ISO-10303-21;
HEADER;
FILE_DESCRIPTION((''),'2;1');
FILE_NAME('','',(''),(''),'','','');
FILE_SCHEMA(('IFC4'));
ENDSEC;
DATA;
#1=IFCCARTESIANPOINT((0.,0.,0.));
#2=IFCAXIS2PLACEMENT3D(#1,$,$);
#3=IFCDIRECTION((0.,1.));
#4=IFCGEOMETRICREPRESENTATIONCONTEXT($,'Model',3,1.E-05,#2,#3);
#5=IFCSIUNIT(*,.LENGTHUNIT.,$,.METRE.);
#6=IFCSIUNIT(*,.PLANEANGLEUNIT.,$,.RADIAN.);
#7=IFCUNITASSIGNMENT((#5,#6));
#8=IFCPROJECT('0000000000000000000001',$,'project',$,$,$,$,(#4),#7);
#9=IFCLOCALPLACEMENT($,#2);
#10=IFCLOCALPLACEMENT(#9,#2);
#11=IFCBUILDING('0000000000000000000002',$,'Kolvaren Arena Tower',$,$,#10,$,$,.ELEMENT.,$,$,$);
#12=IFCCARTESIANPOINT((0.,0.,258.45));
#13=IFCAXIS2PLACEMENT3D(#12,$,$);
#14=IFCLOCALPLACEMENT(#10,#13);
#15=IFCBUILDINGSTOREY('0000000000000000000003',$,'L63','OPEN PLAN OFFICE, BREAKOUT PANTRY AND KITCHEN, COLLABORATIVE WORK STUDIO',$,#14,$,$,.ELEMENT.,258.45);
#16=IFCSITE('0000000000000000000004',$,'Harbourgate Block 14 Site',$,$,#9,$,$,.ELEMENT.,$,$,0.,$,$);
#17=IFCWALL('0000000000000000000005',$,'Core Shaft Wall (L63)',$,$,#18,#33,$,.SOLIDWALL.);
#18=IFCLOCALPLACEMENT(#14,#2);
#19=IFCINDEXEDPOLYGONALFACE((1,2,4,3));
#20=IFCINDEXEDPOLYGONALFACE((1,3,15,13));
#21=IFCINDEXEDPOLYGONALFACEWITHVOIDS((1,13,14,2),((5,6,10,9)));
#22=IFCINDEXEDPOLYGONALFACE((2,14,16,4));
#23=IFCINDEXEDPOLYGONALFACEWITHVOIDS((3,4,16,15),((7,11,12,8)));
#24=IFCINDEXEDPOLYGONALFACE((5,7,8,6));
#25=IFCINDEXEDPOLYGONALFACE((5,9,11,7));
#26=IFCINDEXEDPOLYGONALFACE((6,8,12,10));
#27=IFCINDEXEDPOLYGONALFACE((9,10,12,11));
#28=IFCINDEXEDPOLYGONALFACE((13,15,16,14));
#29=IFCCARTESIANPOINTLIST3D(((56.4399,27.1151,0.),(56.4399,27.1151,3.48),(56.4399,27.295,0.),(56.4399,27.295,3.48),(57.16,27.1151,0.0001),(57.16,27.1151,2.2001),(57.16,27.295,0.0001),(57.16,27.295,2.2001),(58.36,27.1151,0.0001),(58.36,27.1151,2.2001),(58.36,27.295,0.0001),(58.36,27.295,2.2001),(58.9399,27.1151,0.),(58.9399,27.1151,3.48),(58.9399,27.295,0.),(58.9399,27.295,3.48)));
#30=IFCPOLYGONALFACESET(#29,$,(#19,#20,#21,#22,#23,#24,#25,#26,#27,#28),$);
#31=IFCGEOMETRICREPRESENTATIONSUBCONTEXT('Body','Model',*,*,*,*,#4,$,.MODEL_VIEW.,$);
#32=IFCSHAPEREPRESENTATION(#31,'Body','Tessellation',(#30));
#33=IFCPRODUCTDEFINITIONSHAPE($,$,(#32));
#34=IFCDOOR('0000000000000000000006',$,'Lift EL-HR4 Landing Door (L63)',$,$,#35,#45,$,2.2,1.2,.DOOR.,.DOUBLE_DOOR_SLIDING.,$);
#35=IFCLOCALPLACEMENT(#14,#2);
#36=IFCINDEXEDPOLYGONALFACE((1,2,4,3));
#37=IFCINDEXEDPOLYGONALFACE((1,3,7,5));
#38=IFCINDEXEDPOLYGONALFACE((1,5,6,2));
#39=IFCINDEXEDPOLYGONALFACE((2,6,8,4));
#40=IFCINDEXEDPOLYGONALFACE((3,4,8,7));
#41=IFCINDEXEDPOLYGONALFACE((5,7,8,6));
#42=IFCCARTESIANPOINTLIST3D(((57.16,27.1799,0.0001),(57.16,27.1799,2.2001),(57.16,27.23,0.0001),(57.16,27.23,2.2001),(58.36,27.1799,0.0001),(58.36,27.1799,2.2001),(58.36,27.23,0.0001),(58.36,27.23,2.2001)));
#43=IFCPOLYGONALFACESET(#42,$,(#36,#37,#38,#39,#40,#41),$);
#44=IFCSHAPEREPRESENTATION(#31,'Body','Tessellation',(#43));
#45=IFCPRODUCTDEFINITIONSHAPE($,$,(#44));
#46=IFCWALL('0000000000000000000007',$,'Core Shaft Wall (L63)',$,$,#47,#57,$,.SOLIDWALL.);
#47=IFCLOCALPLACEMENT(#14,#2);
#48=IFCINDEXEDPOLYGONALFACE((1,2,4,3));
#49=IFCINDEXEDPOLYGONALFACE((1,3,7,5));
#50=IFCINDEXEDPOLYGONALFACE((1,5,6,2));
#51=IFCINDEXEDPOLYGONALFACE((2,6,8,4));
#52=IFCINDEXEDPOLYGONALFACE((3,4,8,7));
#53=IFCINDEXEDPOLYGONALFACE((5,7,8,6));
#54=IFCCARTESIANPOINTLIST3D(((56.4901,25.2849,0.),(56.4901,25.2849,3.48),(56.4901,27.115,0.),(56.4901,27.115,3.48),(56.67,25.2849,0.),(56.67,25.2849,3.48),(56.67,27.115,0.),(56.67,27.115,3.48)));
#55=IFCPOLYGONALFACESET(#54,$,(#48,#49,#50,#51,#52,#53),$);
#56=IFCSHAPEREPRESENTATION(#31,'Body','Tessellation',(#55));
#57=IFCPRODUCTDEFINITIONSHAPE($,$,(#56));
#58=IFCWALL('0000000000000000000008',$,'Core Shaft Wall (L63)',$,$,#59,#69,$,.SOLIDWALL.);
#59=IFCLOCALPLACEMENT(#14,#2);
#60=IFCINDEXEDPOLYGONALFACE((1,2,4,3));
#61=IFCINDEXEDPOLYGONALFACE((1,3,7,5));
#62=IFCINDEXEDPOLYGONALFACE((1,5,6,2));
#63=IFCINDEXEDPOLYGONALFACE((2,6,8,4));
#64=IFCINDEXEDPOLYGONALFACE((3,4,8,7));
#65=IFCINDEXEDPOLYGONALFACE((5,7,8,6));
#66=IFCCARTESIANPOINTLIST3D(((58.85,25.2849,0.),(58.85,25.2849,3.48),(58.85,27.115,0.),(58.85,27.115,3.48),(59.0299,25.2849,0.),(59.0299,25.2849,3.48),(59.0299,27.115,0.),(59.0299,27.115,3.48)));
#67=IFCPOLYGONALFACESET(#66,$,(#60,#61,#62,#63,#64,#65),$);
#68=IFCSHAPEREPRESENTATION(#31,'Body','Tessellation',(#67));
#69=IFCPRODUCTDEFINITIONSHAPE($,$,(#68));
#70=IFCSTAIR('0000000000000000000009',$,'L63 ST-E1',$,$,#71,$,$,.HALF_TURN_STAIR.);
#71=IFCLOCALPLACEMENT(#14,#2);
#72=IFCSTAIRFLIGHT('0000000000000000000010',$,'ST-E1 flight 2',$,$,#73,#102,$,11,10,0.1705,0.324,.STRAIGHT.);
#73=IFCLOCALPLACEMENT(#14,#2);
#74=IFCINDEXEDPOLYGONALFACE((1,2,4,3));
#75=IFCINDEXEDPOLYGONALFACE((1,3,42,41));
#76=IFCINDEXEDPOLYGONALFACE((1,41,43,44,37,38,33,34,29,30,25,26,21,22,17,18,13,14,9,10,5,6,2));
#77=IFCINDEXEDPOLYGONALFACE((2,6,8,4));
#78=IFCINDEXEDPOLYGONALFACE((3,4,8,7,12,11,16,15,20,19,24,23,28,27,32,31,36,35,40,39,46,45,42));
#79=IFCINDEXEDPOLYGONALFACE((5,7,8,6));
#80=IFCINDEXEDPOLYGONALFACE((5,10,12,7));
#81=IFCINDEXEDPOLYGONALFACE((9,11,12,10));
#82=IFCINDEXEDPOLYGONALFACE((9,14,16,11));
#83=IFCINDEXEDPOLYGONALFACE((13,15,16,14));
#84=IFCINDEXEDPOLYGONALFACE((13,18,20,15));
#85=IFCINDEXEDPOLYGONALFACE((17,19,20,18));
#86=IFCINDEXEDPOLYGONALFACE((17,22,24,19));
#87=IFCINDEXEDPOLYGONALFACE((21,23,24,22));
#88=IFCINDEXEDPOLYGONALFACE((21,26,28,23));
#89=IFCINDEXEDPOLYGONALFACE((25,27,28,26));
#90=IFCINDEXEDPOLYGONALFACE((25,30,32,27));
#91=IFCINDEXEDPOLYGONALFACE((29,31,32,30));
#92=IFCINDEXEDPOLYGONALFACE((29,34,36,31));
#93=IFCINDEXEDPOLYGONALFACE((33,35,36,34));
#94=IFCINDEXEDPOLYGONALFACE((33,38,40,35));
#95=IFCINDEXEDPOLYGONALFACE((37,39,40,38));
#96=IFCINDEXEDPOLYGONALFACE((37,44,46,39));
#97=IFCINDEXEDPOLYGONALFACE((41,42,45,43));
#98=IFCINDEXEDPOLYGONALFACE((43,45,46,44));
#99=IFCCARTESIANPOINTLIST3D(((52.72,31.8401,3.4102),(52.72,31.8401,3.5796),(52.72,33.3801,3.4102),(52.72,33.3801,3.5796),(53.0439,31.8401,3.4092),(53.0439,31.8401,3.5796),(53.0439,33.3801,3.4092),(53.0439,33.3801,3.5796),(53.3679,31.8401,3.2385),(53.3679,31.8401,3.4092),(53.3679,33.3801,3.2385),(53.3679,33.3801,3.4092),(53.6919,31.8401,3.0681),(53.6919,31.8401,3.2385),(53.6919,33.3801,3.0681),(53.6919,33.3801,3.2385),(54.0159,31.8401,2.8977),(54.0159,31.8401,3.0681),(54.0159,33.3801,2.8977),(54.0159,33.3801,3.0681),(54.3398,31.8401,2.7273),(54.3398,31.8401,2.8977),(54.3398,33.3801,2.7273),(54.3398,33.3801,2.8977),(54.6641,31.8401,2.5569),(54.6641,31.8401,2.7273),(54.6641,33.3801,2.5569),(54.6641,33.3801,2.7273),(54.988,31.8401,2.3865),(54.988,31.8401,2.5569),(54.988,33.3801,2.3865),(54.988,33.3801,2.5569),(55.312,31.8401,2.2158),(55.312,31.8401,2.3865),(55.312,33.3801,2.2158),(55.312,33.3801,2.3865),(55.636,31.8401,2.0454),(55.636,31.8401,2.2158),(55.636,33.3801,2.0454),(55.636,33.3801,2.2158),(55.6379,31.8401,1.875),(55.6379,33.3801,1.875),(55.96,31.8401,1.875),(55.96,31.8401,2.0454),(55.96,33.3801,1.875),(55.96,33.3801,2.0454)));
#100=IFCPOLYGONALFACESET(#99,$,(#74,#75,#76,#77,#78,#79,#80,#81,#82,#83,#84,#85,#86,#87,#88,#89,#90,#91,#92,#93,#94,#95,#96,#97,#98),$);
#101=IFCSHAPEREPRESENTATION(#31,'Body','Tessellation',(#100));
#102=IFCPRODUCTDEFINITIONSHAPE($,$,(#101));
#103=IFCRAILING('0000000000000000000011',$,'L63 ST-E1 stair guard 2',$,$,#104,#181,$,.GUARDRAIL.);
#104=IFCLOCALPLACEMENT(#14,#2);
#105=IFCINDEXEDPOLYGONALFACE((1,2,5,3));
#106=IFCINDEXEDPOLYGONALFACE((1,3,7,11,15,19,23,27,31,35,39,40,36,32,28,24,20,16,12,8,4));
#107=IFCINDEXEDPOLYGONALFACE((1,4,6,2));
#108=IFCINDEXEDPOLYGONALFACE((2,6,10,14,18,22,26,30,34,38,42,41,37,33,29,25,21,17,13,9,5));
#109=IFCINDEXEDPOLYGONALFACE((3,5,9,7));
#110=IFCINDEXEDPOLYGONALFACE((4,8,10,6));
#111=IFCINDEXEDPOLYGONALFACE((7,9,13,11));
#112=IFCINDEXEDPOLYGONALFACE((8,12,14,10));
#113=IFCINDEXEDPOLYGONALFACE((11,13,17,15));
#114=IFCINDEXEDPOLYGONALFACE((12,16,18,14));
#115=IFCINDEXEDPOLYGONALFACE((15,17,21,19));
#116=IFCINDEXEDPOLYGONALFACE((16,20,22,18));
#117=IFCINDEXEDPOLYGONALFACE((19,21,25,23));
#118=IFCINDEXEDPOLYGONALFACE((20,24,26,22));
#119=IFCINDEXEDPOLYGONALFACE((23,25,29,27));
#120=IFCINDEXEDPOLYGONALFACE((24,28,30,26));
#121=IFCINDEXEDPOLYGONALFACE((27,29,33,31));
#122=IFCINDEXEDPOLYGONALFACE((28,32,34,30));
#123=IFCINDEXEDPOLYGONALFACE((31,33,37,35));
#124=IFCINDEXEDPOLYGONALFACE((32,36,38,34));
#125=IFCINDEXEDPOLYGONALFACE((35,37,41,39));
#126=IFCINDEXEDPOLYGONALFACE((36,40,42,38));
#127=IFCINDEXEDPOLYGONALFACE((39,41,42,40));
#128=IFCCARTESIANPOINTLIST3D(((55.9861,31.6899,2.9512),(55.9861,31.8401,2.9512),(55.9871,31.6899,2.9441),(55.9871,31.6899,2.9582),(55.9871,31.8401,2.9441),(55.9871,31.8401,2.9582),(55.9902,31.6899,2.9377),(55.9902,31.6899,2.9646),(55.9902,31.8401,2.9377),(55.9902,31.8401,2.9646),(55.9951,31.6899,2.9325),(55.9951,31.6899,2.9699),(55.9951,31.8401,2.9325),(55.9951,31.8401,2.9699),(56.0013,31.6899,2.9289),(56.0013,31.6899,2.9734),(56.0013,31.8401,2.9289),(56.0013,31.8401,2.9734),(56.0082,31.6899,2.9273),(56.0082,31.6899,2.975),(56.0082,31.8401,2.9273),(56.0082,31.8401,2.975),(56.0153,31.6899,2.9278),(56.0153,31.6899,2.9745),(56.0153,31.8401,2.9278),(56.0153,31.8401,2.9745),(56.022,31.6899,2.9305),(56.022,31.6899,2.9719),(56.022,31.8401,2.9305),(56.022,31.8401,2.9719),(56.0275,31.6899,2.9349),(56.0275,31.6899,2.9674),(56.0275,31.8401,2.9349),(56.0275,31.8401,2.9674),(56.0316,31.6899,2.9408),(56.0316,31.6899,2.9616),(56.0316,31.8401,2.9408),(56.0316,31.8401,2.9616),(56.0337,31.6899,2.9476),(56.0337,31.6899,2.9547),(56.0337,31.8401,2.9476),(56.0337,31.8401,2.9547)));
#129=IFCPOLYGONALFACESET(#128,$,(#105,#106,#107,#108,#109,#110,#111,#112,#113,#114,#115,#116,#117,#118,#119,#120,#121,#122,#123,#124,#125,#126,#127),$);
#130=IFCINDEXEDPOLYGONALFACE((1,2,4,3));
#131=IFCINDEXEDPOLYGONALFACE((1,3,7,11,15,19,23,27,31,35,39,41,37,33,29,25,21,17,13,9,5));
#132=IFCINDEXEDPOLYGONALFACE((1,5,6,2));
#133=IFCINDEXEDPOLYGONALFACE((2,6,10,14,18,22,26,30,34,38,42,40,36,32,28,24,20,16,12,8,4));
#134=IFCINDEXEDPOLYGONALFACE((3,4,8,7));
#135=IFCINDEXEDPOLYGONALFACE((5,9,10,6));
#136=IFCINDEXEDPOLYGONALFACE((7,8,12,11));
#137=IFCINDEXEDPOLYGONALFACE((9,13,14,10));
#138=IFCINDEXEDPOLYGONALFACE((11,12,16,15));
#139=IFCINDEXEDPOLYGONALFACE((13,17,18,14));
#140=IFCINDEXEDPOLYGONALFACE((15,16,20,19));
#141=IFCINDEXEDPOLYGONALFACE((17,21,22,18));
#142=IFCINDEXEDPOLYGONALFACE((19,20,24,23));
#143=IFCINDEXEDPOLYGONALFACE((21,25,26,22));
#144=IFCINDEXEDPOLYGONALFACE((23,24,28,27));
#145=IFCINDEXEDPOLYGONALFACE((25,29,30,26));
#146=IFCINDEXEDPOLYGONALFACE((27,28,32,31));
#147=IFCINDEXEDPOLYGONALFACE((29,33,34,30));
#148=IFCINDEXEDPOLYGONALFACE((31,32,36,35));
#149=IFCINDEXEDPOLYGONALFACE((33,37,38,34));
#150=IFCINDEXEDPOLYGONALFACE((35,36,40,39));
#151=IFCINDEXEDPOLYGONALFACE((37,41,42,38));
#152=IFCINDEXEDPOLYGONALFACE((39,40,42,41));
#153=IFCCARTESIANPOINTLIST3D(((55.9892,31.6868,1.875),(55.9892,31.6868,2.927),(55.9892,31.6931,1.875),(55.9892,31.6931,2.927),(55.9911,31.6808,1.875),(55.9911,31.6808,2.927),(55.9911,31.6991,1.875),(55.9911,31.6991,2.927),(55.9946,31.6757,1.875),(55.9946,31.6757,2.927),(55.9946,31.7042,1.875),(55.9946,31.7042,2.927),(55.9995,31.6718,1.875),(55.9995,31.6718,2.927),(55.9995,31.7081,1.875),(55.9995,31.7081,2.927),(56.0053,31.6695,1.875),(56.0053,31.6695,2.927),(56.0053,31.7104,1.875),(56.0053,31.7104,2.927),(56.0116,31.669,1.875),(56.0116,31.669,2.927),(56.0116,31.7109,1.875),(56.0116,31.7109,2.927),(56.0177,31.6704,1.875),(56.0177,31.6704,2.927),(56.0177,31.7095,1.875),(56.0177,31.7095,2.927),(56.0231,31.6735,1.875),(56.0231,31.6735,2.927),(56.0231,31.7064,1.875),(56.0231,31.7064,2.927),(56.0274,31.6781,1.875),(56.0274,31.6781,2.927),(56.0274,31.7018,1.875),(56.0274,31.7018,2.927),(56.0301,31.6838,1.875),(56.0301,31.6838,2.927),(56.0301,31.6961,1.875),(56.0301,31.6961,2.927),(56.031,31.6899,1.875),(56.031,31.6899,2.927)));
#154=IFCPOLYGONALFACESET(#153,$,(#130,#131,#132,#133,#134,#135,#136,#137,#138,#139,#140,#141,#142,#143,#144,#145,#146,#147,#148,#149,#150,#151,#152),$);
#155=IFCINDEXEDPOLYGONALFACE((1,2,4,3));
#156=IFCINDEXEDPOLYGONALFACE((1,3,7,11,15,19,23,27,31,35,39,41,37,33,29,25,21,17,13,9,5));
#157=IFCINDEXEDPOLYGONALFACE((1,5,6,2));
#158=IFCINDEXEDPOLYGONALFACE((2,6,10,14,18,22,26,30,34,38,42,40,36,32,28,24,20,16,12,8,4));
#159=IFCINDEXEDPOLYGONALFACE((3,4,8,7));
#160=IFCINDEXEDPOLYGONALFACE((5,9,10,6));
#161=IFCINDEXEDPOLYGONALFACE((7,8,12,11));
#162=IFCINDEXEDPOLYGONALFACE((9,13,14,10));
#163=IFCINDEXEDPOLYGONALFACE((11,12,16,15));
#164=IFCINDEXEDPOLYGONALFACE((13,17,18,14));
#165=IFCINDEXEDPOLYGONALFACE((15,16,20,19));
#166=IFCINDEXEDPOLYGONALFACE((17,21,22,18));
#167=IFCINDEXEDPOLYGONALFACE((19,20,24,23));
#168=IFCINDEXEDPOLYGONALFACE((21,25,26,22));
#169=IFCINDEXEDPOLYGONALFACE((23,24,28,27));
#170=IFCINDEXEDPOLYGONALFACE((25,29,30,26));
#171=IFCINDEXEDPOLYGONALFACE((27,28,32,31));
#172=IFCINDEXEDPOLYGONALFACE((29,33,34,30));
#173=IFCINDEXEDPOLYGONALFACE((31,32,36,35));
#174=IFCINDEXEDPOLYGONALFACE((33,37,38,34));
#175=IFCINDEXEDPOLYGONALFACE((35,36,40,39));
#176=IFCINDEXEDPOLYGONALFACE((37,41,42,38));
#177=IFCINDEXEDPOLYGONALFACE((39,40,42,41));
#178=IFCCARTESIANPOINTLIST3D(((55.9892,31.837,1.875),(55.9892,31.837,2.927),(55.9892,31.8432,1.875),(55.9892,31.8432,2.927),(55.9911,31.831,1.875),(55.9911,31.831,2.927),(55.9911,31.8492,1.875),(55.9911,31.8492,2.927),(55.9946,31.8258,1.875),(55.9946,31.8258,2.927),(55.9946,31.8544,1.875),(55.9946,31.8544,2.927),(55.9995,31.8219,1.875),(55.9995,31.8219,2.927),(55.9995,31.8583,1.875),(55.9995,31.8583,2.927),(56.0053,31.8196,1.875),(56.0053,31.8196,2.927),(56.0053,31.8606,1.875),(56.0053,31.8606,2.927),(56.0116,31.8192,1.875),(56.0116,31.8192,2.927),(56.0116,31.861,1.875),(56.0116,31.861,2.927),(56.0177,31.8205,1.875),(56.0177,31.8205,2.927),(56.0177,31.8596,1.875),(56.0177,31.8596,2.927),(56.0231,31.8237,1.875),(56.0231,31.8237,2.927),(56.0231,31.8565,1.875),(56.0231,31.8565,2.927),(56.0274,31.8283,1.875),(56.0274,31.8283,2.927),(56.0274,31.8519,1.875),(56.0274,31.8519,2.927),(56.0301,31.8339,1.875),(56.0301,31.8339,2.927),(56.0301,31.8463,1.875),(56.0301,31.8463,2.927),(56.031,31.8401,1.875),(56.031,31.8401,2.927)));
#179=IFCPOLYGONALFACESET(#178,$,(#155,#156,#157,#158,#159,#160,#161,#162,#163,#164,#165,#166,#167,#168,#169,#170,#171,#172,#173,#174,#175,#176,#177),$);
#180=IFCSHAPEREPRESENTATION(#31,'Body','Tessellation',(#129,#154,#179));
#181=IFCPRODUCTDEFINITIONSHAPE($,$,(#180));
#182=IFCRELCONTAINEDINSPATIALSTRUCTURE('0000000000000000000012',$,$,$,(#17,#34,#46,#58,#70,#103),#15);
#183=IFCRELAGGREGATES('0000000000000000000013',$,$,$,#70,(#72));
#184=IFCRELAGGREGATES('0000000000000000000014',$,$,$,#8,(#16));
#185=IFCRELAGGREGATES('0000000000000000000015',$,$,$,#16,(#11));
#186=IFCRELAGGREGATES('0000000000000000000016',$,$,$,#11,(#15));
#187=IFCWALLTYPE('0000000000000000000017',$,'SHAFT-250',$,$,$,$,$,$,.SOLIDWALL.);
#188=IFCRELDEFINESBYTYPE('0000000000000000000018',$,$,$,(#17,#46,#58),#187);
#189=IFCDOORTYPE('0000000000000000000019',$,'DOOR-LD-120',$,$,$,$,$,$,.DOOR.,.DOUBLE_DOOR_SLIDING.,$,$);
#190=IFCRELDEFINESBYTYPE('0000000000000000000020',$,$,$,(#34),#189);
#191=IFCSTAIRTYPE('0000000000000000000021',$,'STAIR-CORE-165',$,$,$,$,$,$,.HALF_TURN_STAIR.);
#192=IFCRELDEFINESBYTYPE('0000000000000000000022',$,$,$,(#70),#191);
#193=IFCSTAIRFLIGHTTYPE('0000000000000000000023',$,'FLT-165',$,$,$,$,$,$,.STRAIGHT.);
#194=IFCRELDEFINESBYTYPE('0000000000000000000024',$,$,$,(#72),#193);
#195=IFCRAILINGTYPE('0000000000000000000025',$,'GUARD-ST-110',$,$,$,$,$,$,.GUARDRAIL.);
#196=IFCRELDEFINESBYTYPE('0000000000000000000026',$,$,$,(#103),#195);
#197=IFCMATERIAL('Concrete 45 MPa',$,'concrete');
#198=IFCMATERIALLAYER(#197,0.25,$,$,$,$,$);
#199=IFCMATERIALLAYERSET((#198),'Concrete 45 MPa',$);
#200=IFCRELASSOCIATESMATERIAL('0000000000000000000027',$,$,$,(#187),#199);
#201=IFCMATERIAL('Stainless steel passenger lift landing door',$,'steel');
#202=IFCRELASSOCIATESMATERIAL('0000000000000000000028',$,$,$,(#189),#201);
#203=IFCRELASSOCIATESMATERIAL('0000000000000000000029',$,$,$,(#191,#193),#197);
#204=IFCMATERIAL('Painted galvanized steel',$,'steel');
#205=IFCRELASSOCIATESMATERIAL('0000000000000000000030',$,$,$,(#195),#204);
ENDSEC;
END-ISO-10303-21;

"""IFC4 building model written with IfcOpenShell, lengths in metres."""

from ifc_helpers import new_model, si_unit, direction, frame, frame_2d, origin, origin_2d, place, context, subcontext, project, spatial, polyline, rectangle, circle, outline, extrude, material, layer, layer_set, type_object, element, fill, aggregate, save


model = new_model("IFC4")

# Units and contexts
model_context = context("Model", 3, precision=1e-05, world=origin(), true_north=direction((0.0, 1.0)))
body_context = subcontext(model_context, "Body", "Model", "MODEL_VIEW")
ifc_project = project(units=[si_unit("LENGTHUNIT", "METRE"), si_unit("PLANEANGLEUNIT", "RADIAN")], contexts=[model_context])

# Site, building, storey
site_placement = place(None, origin())
site = spatial("IfcSite", under=ifc_project, at=site_placement, Name="Harbourgate Block 14 Site", CompositionType="ELEMENT", RefElevation=0.0)
building_placement = place(site_placement, origin())
building = spatial("IfcBuilding", under=site, at=building_placement, Name="Kolvaren Arena Tower", CompositionType="ELEMENT")
storey_placement = place(building_placement, frame((0.0, 0.0, 258.45)))
storey = spatial("IfcBuildingStorey", under=building, at=storey_placement, Name="L63", Description="OPEN PLAN OFFICE, BREAKOUT PANTRY AND KITCHEN, COLLABORATIVE WORK STUDIO", CompositionType="ELEMENT", Elevation=258.45)

# Shared definitions
ifc_material_1 = material(Name="Concrete 45 MPa", Category="concrete")
ifc_layer = layer(ifc_material_1, 0.25)
ifc_layer_set = layer_set([ifc_layer], Name="Concrete 45 MPa")
wall_type = type_object("IfcWallType", Name="SHAFT-250", PredefinedType="SOLIDWALL", material=ifc_layer_set)

# Wall, opening, door
wall_1_placement = place(storey_placement, frame((56.4399, 27.2051, 0.0), z_axis=(0.0, 0.0, 1.0), x_axis=(1.0, 0.0, 0.0)))
wall_1 = element("IfcWall", 1, at=wall_1_placement, inside=storey, type_object=wall_type, Name="Core Shaft Wall (L63)", PredefinedType="SOLIDWALL", context=body_context, shape_type="SweptSolid", body=[
    extrude(rectangle(XDim=2.5, YDim=0.1799, at=frame_2d((1.25, 0.0))), origin(), (0.0, 0.0, 1.0), 3.48),
])
opening_1_placement = place(wall_1_placement, frame((0.72, 0.0, 0.0)))
opening_1 = element("IfcOpeningElement", 2, at=opening_1_placement, cuts=wall_1, PredefinedType="OPENING", context=body_context, shape_type="SweptSolid", body=[
    extrude(rectangle(XDim=1.2, YDim=2.2, at=frame_2d((0.6001, 1.1001))), frame((0.0, 0.0999, 0.0), z_axis=(0.0, -1.0, 0.0), x_axis=(1.0, 0.0, 0.0)), (0.0, 0.0, 1.0), 0.2),
])
ifc_material_2 = material(Name="Stainless steel passenger lift landing door", Category="steel")
door_type_1 = type_object("IfcDoorType", Name="DOOR-LD-120", OperationType="DOUBLE_DOOR_SLIDING", PredefinedType="DOOR", material=ifc_material_2)
door_1_placement = place(opening_1_placement, origin())
door_1 = element("IfcDoor", 3, at=door_1_placement, inside=storey, type_object=door_type_1, Name="Lift EL-HR4 Landing Door (L63)", OperationType="DOUBLE_DOOR_SLIDING", OverallHeight=2.2, OverallWidth=1.2, PredefinedType="DOOR", context=body_context, shape_type="SweptSolid", body=[
    extrude(rectangle(XDim=1.2, YDim=2.2, at=frame_2d((0.6001, 1.1001))), frame((0.0, 0.0249, 0.0), z_axis=(0.0, -1.0, 0.0), x_axis=(1.0, 0.0, 0.0)), (0.0, 0.0, 1.0), 0.05),
])
fill(opening_1, door_1)

# Walls
for number, where, z_axis, x_axis, name in (
    (4, (56.5801, 25.2849, 0.0), (0.0, 0.0, 1.0), (0.0, 1.0, 0.0), "Core Shaft Wall (L63)"),
    (5, (58.9399, 25.2849, 0.0), (0.0, 0.0, 1.0), (0.0, 1.0, 0.0), "Core Shaft Wall (L63)"),
):
    element("IfcWall", number, at=place(storey_placement, frame(where, z_axis=z_axis, x_axis=x_axis)), inside=storey, type_object=wall_type, Name=name, PredefinedType="SOLIDWALL", context=body_context, shape_type="SweptSolid", body=[
        extrude(rectangle(XDim=1.8301, YDim=0.1799, at=frame_2d((0.915, 0.0))), origin(), (0.0, 0.0, 1.0), 3.48),
    ])

# Stair, stair flight
stair_type = type_object("IfcStairType", Name="STAIR-CORE-165", PredefinedType="HALF_TURN_STAIR", material=ifc_material_1)
stair_placement = place(storey_placement, origin())
stair = element("IfcStair", 6, at=stair_placement, inside=storey, type_object=stair_type, Name="L63 ST-E1", PredefinedType="HALF_TURN_STAIR")
stair_flight_type = type_object("IfcStairFlightType", Name="FLT-165", PredefinedType="STRAIGHT", material=ifc_material_1)
stair_flight_placement = place(storey_placement, frame((55.96, 32.6101, 1.875), z_axis=(0.0, 0.0, 1.0), x_axis=(-1.0, 0.0, 0.0)))
stair_flight = element("IfcStairFlight", 7, at=stair_flight_placement, type_object=stair_flight_type, Name="ST-E1 flight 2", NumberOfRisers=11, NumberOfTreads=10, PredefinedType="STRAIGHT", RiserHeight=0.1705, TreadLength=0.324, context=body_context, shape_type="SweptSolid", body=[
    extrude(outline(polyline([(0.0, 0.0), (0.0, 0.1704), (0.324, 0.1704), (0.324, 0.3408), (0.6479, 0.3408), (0.6479, 0.5115), (0.9719, 0.5115), (0.9719, 0.6819), (1.2959, 0.6819), (1.2959, 0.8523), (1.6201, 0.8523), (1.6201, 1.0227), (1.9441, 1.0227), (1.9441, 1.1931), (2.2681, 1.1931), (2.2681, 1.3635), (2.592, 1.3635), (2.592, 1.5342), (2.916, 1.5342), (2.916, 1.7046), (3.24, 1.7046), (3.24, 1.875), (3.24, 1.5352), (0.322, 0.0), (0.0, 0.0)])), frame((0.0, 0.77, 0.0), z_axis=(0.0, -1.0, 0.0), x_axis=(1.0, 0.0, 0.0)), (0.0, 0.0, 1.0), 1.54),
])
aggregate(stair, [stair_flight])

# Railing
ifc_material_3 = material(Name="Painted galvanized steel", Category="steel")
railing_type_1 = type_object("IfcRailingType", Name="GUARD-ST-110", PredefinedType="GUARDRAIL", material=ifc_material_3)
railing_1_placement = place(storey_placement, frame((56.01, 31.6899, 1.875)))
element("IfcRailing", 8, at=railing_1_placement, inside=storey, type_object=railing_type_1, Name="L63 ST-E1 stair guard 2", PredefinedType="GUARDRAIL", context=body_context, shape_type="SweptSolid", body=[
    extrude(circle(Radius=0.0239, at=origin_2d()), frame((0.0, 0.0, 1.0762), z_axis=(0.0, 1.0, 0.0), x_axis=(-1.0, 0.0, 0.0)), (0.0, 0.0, 1.0), 0.1501),
    extrude(circle(Radius=0.021, at=origin_2d()), origin(), (0.0, 0.0, 1.0), 1.052),
    extrude(circle(Radius=0.021, at=origin_2d()), frame((0.0, 0.1501, 0.0)), (0.0, 0.0, 1.0), 1.052),
])

save(model, "model.ifc")
